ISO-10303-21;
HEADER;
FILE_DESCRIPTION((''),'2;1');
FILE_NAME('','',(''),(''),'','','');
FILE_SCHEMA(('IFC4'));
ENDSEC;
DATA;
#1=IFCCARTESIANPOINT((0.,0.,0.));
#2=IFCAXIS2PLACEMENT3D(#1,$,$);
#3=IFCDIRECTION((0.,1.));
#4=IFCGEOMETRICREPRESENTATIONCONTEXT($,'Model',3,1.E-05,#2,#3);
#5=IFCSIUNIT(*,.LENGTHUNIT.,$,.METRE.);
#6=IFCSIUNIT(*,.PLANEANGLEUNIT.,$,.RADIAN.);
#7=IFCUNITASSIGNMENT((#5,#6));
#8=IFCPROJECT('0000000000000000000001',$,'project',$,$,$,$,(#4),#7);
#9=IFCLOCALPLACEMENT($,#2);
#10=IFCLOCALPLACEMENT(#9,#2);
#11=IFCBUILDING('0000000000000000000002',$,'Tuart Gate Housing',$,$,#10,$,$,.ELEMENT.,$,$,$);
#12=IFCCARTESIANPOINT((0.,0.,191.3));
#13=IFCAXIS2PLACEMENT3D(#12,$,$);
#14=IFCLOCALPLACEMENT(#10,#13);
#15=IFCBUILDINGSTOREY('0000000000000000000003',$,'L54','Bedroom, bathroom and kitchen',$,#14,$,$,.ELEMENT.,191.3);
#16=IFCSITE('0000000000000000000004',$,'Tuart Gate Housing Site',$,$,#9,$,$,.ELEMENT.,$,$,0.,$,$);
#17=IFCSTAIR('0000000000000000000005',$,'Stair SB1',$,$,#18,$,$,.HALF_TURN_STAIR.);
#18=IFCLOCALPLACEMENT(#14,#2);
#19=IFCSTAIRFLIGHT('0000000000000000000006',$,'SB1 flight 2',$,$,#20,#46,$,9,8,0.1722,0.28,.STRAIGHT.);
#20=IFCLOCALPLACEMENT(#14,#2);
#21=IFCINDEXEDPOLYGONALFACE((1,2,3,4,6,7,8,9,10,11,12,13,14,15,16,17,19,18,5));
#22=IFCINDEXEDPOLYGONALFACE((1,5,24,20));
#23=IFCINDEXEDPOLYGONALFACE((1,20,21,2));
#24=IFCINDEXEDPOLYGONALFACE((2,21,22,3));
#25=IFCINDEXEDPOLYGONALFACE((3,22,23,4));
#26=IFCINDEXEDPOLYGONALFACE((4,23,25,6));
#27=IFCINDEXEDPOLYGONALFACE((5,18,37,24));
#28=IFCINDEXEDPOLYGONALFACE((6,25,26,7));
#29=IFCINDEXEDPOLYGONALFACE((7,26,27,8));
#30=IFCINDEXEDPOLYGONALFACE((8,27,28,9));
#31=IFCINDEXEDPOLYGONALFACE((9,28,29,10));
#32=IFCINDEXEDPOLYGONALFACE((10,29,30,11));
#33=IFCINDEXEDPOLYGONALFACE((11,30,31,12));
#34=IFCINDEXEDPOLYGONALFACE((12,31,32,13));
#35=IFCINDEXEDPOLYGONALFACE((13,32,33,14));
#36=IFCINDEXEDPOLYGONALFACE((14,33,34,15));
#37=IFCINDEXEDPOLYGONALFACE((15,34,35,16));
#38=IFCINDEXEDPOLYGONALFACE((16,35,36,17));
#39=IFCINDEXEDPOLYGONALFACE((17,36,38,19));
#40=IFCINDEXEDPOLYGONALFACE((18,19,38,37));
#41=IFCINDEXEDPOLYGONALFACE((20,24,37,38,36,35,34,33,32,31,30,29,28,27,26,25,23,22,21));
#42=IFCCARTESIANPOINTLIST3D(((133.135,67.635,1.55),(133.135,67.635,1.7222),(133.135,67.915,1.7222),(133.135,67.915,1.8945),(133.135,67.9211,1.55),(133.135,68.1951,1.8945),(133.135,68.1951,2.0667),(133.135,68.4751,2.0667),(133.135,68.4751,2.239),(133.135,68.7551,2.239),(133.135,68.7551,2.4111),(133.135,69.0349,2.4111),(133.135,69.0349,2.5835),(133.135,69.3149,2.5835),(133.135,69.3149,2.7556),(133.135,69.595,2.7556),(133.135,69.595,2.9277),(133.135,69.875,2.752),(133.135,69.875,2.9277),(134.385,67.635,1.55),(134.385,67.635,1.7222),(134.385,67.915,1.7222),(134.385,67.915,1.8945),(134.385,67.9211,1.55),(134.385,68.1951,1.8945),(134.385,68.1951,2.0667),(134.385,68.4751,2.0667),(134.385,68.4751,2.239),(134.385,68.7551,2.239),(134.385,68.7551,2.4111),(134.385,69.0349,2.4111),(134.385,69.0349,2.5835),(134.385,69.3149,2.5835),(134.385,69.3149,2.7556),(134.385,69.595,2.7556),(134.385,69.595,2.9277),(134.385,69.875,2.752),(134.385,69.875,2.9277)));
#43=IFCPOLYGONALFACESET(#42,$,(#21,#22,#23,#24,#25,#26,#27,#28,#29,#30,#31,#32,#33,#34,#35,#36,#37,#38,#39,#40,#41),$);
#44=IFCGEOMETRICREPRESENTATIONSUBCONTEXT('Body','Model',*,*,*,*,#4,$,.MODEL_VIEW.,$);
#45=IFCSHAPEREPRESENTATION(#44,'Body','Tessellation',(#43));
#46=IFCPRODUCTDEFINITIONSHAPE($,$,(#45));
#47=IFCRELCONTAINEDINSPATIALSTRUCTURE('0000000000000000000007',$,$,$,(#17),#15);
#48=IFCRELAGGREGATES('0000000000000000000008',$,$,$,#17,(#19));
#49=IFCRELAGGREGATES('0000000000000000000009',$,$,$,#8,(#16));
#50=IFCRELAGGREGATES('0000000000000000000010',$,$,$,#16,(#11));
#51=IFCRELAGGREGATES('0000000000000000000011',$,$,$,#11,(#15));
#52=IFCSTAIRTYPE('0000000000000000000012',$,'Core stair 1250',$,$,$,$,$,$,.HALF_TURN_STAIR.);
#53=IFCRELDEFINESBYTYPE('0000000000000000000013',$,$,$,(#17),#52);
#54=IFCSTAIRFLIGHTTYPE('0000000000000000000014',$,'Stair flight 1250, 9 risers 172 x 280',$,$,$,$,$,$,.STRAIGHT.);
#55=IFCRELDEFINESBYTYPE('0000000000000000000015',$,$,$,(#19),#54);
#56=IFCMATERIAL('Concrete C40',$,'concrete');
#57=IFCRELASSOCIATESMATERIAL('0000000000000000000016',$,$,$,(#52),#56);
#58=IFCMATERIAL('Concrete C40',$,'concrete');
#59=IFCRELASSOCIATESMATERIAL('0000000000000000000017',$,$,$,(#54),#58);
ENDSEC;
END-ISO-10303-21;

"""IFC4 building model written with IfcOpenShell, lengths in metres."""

from ifc_helpers import new_model, si_unit, direction, frame, origin, place, context, subcontext, project, spatial, polyline, outline, extrude, material, type_object, element, aggregate, save


model = new_model("IFC4")

# Units and contexts
model_context = context("Model", 3, precision=1e-05, world=origin(), true_north=direction((0.0, 1.0)))
body_context = subcontext(model_context, "Body", "Model", "MODEL_VIEW")
ifc_project = project(units=[si_unit("LENGTHUNIT", "METRE"), si_unit("PLANEANGLEUNIT", "RADIAN")], contexts=[model_context])

# Site, building, storey
site_placement = place(None, origin())
site = spatial("IfcSite", under=ifc_project, at=site_placement, Name="Tuart Gate Housing Site", CompositionType="ELEMENT", RefElevation=0.0)
building_placement = place(site_placement, origin())
building = spatial("IfcBuilding", under=site, at=building_placement, Name="Tuart Gate Housing", CompositionType="ELEMENT")
storey_placement = place(building_placement, frame((0.0, 0.0, 191.3)))
storey = spatial("IfcBuildingStorey", under=building, at=storey_placement, Name="L54", Description="Bedroom, bathroom and kitchen", CompositionType="ELEMENT", Elevation=191.3)

# Stair, stair flight
ifc_material_1 = material(Name="Concrete C40", Category="concrete")
stair_type = type_object("IfcStairType", Name="Core stair 1250", PredefinedType="HALF_TURN_STAIR", material=ifc_material_1)
stair_placement = place(storey_placement, origin())
stair = element("IfcStair", 1, at=stair_placement, inside=storey, type_object=stair_type, Name="Stair SB1", PredefinedType="HALF_TURN_STAIR")
ifc_material_2 = material(Name="Concrete C40", Category="concrete")
stair_flight_type = type_object("IfcStairFlightType", Name="Stair flight 1250, 9 risers 172 x 280", PredefinedType="STRAIGHT", material=ifc_material_2)
stair_flight_1_placement = place(storey_placement, frame((133.76, 67.635, 1.55), z_axis=(0.0, 0.0, 1.0), x_axis=(0.0, 1.0, 0.0)))
stair_flight_1 = element("IfcStairFlight", 2, at=stair_flight_1_placement, type_object=stair_flight_type, Name="SB1 flight 2", NumberOfRisers=9, NumberOfTreads=8, PredefinedType="STRAIGHT", RiserHeight=0.1722, TreadLength=0.28, context=body_context, shape_type="SweptSolid", body=[
    extrude(outline(polyline([(0.0, 0.0), (0.0, 0.1721), (0.28, 0.1721), (0.28, 0.3445), (0.5601, 0.3445), (0.5601, 0.5166), (0.8401, 0.5166), (0.8401, 0.689), (1.1201, 0.689), (1.1201, 0.8611), (1.3999, 0.8611), (1.3999, 1.0334), (1.6799, 1.0334), (1.6799, 1.2056), (1.96, 1.2056), (1.96, 1.3777), (2.24, 1.3777), (2.24, 1.55), (2.24, 1.2019), (0.2861, 0.0), (0.0, 0.0)])), frame((0.0, 0.625, 0.0), z_axis=(0.0, -1.0, 0.0), x_axis=(1.0, 0.0, 0.0)), (0.0, 0.0, 1.0), 1.25),
])
aggregate(stair, [stair_flight_1])

save(model, "model.ifc")
